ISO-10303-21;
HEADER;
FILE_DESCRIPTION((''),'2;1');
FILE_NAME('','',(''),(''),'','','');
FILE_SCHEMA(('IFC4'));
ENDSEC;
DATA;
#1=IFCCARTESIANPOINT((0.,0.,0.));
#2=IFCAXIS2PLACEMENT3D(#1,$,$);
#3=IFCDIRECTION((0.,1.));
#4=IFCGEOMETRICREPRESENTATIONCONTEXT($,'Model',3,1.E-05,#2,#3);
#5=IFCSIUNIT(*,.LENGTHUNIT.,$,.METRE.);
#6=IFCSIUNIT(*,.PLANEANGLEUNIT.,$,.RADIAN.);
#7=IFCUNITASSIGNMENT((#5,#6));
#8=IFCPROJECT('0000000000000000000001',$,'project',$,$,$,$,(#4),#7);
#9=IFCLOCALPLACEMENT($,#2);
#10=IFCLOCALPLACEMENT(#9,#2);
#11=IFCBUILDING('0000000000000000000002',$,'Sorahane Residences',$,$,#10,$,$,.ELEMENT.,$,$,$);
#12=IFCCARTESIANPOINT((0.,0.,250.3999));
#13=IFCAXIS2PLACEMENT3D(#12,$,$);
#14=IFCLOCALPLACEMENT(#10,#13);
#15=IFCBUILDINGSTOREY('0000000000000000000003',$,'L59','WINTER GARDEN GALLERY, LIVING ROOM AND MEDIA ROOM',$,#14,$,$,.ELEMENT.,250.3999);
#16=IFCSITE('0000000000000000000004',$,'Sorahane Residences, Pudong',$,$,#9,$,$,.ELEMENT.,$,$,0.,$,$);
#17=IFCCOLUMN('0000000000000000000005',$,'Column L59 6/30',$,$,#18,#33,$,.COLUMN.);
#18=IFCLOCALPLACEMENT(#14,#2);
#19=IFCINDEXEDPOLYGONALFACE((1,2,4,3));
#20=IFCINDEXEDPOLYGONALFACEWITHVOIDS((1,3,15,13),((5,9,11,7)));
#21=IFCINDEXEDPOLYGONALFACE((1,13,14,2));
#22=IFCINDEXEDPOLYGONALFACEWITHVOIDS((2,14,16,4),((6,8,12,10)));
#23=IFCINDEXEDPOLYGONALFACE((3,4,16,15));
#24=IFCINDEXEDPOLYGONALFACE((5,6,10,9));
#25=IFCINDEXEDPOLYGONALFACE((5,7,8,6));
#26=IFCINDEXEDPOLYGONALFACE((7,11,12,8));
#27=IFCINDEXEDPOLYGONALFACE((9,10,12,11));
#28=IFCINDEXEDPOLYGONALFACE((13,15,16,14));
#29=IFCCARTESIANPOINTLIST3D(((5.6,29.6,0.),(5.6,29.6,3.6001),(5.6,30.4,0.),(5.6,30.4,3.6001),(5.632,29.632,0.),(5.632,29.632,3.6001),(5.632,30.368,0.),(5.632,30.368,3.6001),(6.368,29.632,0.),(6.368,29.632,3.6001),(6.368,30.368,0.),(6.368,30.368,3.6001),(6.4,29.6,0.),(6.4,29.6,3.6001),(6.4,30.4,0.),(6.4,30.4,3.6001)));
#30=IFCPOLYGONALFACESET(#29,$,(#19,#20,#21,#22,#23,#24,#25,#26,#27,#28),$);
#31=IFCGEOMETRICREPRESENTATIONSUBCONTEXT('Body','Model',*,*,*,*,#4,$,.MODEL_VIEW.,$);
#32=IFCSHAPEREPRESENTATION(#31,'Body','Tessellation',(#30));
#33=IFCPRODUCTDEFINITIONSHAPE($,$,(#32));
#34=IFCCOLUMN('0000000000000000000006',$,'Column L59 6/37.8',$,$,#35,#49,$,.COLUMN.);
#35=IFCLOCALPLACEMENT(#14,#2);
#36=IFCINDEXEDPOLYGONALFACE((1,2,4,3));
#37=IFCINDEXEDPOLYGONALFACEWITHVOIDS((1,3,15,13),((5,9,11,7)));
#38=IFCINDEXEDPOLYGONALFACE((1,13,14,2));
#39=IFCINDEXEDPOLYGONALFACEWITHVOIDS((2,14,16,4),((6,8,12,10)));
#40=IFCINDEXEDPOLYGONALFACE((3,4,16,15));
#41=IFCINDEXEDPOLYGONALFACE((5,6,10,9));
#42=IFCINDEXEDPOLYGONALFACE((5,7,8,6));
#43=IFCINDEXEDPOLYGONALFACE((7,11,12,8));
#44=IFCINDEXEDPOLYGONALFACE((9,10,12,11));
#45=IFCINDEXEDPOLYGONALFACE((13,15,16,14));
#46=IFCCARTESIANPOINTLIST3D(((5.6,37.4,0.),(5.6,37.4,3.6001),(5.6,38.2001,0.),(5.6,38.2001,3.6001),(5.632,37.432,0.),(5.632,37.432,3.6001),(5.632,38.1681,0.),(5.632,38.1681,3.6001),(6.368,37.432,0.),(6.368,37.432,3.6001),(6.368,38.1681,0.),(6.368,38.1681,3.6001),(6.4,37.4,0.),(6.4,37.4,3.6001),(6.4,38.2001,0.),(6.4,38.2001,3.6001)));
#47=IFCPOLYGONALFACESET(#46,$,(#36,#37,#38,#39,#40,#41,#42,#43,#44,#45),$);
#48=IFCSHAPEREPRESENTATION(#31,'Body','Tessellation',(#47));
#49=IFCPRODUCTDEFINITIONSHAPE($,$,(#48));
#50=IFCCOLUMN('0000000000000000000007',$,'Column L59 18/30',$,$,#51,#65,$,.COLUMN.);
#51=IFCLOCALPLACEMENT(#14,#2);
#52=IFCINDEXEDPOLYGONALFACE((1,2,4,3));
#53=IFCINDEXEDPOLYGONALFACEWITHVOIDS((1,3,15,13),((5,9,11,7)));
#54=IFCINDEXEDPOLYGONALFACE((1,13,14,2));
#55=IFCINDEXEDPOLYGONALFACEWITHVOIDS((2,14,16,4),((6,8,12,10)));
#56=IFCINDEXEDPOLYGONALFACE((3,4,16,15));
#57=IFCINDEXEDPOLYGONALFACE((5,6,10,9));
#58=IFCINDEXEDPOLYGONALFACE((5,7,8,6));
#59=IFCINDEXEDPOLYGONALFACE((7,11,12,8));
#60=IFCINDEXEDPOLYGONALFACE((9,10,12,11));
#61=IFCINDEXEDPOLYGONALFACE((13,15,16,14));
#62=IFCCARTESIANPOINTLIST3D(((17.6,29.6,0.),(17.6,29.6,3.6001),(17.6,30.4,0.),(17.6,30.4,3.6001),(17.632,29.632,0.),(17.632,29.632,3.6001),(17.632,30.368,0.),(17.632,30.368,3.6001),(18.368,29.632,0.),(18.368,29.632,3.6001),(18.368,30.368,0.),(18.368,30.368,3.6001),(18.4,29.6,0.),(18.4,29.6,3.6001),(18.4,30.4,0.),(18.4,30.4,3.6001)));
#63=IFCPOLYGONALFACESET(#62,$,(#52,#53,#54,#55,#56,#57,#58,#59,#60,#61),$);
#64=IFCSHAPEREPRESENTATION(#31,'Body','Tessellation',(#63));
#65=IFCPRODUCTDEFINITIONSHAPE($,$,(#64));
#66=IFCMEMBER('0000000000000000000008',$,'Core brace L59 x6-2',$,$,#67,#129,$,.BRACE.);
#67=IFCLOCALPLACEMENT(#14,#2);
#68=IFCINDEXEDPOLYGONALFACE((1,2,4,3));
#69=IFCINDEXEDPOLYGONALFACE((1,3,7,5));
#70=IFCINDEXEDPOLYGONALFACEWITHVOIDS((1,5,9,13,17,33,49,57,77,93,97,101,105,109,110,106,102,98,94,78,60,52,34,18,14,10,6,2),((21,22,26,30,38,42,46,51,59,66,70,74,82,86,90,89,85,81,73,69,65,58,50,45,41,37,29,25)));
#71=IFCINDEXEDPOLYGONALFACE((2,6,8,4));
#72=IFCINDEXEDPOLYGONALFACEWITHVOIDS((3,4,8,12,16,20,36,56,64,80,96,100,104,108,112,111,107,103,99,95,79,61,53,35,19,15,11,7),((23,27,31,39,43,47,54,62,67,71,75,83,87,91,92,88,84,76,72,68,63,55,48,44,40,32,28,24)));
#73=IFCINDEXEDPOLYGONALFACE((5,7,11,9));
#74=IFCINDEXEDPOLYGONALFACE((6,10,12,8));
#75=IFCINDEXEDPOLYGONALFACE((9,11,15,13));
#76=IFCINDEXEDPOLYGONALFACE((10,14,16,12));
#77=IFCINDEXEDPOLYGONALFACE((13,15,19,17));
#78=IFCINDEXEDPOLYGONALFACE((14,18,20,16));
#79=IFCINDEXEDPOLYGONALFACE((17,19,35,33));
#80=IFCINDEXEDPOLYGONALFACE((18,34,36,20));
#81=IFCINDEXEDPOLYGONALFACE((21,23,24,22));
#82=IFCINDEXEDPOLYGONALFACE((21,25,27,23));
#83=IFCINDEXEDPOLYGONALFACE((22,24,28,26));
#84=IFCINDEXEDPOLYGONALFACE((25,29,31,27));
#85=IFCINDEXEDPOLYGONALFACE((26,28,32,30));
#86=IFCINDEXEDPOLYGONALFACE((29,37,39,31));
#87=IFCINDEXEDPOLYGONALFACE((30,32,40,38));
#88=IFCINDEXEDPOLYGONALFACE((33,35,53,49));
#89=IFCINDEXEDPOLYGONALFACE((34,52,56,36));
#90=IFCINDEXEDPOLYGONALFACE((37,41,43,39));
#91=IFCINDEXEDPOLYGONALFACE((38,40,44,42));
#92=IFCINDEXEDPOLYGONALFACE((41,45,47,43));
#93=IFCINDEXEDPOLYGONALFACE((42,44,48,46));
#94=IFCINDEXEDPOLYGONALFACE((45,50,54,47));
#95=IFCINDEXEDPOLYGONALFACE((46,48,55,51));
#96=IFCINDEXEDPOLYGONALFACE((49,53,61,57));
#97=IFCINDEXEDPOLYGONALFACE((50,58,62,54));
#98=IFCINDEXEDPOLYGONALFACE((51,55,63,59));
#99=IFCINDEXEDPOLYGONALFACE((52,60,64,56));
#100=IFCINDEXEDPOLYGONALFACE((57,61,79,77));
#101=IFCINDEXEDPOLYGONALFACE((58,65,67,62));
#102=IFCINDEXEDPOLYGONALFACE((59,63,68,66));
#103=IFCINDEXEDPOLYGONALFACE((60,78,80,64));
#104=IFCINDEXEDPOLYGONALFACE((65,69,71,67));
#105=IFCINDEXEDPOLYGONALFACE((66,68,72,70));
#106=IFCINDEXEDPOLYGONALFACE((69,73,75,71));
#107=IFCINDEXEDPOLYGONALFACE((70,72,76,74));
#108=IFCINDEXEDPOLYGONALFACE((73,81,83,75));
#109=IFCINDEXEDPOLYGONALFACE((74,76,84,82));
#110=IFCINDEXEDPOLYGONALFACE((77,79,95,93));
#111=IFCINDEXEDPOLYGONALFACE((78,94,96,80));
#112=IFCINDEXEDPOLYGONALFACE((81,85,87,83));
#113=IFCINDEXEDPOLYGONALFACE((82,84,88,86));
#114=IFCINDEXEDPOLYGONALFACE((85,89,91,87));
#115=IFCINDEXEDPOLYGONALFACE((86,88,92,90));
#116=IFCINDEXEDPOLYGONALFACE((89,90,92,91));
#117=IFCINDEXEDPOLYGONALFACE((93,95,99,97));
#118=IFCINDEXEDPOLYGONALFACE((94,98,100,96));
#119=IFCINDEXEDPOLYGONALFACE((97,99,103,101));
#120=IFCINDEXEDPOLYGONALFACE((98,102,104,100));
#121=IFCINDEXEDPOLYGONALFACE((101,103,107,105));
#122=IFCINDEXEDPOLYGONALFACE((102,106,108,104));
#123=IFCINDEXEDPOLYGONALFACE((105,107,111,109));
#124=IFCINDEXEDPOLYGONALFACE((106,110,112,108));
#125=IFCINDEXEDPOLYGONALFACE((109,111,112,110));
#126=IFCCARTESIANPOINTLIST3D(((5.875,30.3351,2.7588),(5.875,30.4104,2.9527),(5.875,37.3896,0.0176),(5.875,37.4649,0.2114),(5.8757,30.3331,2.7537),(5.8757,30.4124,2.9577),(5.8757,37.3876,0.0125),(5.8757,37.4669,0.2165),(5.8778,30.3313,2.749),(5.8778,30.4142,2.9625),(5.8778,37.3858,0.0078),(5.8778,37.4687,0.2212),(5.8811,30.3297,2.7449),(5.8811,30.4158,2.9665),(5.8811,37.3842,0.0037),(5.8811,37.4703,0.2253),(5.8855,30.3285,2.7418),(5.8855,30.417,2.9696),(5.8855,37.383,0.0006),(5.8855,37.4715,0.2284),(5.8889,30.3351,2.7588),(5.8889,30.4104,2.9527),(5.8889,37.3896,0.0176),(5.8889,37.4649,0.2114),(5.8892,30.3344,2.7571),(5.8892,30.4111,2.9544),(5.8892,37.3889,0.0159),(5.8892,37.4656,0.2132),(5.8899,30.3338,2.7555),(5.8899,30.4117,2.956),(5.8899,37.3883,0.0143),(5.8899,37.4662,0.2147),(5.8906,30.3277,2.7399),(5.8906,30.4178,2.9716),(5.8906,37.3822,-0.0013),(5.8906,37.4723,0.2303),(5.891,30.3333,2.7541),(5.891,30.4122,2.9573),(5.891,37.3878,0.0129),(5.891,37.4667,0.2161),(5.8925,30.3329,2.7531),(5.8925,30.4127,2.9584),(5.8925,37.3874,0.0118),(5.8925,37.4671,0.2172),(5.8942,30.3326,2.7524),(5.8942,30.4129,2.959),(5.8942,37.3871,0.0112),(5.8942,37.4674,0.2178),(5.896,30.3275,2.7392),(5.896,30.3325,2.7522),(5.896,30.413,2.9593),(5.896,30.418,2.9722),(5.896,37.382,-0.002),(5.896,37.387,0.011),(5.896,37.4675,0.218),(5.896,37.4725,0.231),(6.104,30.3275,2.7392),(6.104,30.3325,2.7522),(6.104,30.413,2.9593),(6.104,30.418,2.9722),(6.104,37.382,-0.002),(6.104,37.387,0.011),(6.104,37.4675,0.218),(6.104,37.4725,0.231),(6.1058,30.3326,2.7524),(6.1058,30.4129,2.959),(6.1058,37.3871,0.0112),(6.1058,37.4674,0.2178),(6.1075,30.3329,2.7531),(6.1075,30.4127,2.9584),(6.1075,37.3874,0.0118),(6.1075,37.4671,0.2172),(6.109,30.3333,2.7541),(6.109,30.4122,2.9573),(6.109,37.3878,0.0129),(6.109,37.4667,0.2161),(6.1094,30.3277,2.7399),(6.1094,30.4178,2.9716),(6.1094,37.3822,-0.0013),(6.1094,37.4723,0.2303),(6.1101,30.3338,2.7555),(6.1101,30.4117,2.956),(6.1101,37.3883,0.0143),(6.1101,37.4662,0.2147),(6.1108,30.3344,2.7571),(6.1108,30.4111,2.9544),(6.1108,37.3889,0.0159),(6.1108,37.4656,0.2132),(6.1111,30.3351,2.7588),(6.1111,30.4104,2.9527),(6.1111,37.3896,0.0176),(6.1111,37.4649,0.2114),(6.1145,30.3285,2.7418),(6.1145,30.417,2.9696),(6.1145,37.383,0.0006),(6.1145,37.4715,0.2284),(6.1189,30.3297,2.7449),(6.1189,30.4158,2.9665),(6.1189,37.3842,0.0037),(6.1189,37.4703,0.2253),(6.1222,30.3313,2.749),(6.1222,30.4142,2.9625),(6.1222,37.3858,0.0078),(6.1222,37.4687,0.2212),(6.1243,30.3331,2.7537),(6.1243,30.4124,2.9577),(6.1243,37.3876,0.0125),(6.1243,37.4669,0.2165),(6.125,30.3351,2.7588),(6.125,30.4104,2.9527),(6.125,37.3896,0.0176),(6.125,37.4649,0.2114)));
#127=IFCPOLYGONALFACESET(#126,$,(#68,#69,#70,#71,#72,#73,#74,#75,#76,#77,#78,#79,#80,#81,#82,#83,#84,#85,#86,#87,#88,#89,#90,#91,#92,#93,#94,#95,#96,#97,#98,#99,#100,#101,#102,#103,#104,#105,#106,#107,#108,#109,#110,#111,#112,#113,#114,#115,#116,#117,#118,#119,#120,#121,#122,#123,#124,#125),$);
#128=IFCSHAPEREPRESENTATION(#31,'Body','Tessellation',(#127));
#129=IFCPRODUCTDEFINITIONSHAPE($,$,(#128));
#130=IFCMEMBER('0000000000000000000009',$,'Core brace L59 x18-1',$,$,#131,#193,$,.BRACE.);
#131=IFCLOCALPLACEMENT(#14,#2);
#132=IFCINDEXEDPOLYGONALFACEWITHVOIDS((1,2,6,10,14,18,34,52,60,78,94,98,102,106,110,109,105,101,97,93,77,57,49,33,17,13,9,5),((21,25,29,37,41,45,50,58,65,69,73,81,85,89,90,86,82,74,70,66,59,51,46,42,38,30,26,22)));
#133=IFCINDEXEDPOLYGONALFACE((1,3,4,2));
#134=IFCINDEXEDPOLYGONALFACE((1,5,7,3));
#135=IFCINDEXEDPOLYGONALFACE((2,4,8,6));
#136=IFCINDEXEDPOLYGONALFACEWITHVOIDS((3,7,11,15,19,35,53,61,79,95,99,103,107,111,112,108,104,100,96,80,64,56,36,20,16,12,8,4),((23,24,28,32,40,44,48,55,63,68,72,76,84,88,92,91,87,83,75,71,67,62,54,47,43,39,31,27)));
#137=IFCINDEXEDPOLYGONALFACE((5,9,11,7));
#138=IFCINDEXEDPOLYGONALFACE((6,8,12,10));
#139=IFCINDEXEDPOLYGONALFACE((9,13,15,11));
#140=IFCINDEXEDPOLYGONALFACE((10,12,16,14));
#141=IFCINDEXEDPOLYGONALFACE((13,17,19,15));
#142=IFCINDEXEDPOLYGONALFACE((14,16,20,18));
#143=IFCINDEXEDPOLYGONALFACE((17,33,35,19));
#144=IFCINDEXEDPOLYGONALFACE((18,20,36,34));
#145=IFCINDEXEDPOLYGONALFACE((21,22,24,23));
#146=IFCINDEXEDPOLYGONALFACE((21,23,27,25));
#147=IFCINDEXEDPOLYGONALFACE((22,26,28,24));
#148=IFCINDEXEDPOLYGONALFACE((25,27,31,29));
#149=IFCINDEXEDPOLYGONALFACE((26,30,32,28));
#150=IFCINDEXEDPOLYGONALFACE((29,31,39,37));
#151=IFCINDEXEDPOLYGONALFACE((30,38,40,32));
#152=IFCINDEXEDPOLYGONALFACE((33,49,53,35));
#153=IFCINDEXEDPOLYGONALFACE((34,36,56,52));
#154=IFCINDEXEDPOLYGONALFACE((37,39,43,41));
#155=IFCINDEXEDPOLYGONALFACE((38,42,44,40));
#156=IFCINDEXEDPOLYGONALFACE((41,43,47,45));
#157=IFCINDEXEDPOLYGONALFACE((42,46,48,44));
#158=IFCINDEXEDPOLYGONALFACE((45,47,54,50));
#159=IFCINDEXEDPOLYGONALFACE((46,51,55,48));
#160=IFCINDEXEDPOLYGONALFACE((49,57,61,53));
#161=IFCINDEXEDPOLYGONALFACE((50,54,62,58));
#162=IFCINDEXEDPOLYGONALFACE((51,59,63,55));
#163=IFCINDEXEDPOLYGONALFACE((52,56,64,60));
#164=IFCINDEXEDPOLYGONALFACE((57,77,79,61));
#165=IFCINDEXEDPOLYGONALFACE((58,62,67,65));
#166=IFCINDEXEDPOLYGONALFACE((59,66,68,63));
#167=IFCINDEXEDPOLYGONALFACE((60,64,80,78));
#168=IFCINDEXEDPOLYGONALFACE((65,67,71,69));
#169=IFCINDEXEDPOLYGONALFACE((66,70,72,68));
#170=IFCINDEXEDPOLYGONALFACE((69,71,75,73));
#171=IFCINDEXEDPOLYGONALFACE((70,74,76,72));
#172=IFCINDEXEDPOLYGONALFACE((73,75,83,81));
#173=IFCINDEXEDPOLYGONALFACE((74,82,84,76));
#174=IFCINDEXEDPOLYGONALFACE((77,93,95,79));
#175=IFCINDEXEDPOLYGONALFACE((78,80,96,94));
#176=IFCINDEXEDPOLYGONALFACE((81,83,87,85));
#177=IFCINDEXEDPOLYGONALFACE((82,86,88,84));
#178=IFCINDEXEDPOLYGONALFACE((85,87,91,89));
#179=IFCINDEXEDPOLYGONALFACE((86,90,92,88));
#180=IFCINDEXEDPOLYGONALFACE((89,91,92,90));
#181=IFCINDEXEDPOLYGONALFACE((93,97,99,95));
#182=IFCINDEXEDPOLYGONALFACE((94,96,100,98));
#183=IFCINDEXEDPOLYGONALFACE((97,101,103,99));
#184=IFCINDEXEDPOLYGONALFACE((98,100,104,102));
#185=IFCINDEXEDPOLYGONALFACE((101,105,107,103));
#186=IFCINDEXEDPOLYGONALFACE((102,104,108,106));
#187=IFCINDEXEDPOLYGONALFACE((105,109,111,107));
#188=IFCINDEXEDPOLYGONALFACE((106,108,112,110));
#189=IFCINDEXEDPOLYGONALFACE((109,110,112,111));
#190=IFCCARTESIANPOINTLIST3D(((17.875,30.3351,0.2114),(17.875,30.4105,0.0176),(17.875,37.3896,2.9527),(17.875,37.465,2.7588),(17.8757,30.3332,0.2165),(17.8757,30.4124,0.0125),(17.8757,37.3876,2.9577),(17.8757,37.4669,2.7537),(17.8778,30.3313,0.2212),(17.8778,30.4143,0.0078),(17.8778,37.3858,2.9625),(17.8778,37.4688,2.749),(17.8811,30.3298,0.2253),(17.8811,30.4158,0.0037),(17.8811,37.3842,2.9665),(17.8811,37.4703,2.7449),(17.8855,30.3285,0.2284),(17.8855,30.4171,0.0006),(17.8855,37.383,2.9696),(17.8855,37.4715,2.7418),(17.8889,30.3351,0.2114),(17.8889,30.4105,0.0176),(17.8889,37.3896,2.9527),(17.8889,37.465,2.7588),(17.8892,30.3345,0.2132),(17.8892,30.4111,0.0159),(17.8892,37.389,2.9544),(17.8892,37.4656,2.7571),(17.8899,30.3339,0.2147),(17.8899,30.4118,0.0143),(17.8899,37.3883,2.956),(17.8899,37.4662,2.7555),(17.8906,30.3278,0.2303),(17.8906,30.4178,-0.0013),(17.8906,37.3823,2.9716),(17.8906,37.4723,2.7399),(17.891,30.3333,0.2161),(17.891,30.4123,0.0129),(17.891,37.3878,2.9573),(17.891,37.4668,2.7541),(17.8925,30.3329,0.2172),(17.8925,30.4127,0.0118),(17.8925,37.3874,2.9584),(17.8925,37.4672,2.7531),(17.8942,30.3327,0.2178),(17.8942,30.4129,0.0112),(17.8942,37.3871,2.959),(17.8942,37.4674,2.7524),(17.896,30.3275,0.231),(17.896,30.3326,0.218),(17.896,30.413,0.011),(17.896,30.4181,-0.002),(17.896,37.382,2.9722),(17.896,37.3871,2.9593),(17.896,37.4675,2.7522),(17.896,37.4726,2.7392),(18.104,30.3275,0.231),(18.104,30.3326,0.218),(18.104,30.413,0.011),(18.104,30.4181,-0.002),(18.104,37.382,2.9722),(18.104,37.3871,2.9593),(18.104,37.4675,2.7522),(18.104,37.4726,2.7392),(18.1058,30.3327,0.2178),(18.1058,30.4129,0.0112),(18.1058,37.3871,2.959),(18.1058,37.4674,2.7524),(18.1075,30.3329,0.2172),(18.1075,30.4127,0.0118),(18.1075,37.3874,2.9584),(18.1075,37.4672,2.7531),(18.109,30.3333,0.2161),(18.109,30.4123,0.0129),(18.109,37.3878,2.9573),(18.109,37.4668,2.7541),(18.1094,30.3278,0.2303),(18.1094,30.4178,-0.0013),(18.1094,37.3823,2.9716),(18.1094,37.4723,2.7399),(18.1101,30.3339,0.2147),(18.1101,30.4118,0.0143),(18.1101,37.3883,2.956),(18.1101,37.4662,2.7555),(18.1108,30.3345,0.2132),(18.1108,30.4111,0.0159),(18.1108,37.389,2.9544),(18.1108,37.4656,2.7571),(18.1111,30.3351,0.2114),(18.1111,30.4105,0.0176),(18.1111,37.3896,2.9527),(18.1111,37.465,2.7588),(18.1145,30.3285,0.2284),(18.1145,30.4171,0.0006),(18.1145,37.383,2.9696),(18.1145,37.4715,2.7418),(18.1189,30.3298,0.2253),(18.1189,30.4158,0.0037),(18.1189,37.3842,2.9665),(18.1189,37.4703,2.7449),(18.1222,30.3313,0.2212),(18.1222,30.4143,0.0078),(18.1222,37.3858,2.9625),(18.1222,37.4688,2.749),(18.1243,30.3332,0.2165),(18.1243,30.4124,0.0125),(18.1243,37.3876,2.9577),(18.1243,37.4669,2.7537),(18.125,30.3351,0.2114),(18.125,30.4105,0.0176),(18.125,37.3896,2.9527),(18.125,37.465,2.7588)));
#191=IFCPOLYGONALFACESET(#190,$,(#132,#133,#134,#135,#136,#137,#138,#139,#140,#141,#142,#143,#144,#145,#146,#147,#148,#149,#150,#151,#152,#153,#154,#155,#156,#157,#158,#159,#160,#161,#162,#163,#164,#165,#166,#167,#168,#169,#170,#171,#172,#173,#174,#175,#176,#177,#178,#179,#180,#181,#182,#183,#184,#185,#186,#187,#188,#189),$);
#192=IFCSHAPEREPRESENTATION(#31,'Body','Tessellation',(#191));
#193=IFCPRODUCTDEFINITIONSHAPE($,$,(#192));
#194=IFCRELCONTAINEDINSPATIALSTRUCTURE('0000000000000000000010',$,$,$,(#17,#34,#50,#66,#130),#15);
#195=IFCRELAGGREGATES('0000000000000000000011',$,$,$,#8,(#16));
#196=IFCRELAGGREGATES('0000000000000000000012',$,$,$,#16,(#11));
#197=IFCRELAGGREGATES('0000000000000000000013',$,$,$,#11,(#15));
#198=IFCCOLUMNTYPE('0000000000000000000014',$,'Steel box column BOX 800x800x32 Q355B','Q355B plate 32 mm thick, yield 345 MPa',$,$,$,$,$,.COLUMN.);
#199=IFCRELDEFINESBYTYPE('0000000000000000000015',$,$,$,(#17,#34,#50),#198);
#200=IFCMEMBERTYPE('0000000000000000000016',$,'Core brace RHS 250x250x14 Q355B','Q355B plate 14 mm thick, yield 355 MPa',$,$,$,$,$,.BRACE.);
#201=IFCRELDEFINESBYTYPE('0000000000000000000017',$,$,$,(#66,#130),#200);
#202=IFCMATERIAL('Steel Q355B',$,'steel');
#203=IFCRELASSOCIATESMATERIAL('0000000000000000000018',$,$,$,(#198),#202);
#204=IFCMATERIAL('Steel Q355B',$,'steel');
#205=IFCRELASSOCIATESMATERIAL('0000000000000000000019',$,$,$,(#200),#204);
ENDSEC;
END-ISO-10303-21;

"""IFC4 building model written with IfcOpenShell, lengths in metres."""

from ifc_helpers import new_model, si_unit, direction, frame, origin, origin_2d, place, context, subcontext, project, spatial, hollow_rectangle, extrude, material, material_profile, profile_set, type_object, element, save


model = new_model("IFC4")

# Units and contexts
model_context = context("Model", 3, precision=1e-05, world=origin(), true_north=direction((0.0, 1.0)))
body_context = subcontext(model_context, "Body", "Model", "MODEL_VIEW")
ifc_project = project(units=[si_unit("LENGTHUNIT", "METRE"), si_unit("PLANEANGLEUNIT", "RADIAN")], contexts=[model_context])

# Site, building, storey
site_placement = place(None, origin())
site = spatial("IfcSite", under=ifc_project, at=site_placement, Name="Sorahane Residences, Pudong", CompositionType="ELEMENT", RefElevation=0.0)
building_placement = place(site_placement, origin())
building = spatial("IfcBuilding", under=site, at=building_placement, Name="Sorahane Residences", CompositionType="ELEMENT")
storey_placement = place(building_placement, frame((0.0, 0.0, 250.3999)))
storey = spatial("IfcBuildingStorey", under=building, at=storey_placement, Name="L59", Description="WINTER GARDEN GALLERY, LIVING ROOM AND MEDIA ROOM", CompositionType="ELEMENT", Elevation=250.3999)

# Columns
ifc_material_1 = material(Name="Steel Q355B", Category="steel")
ifc_material_profile_1 = material_profile(ifc_material_1, hollow_rectangle(XDim=0.8, YDim=0.8, WallThickness=0.032, at=origin_2d()), Name="BOX 800x800x32")
ifc_profile_set_1 = profile_set([ifc_material_profile_1], Name="Steel Q355B")
column_type = type_object("IfcColumnType", Name="Steel box column BOX 800x800x32 Q355B", Description="Q355B plate 32 mm thick, yield 345 MPa", PredefinedType="COLUMN", material=ifc_profile_set_1)
for number, where, z_axis, x_axis, name in (
    (1, (6.0, 30.0, 0.0), (0.0, 0.0, 1.0), (1.0, 0.0, 0.0), "Column L59 6/30"),
    (2, (6.0, 37.8, 0.0), (0.0, 0.0, 1.0), (1.0, 0.0, 0.0), "Column L59 6/37.8"),
    (3, (18.0, 30.0, 0.0), (0.0, 0.0, 1.0), (1.0, 0.0, 0.0), "Column L59 18/30"),
):
    element("IfcColumn", number, at=place(storey_placement, frame(where, z_axis=z_axis, x_axis=x_axis)), inside=storey, type_object=column_type, Name=name, PredefinedType="COLUMN", context=body_context, shape_type="SweptSolid", body=[
        extrude(hollow_rectangle(XDim=0.8, YDim=0.8, WallThickness=0.032, at=origin_2d()), origin(), (0.0, 0.0, 1.0), 3.6001),
    ])

# Members
ifc_material_2 = material(Name="Steel Q355B", Category="steel")
ifc_material_profile_2 = material_profile(ifc_material_2, hollow_rectangle(XDim=0.25, YDim=0.25, WallThickness=0.0139, InnerFilletRadius=0.0071, OuterFilletRadius=0.021, at=origin_2d()), Name="RHS 250x250x14")
ifc_profile_set_2 = profile_set([ifc_material_profile_2], Name="Steel Q355B")
member_type = type_object("IfcMemberType", Name="Core brace RHS 250x250x14 Q355B", Description="Q355B plate 14 mm thick, yield 355 MPa", PredefinedType="BRACE", material=ifc_profile_set_2)
for number, where, z_axis, x_axis, name in (
    (4, (6.0, 37.4272, 0.1145), (0.0, -0.932102, 0.362196), (1.0, 0.0, 0.0), "Core brace L59 x6-2"),
    (5, (18.0, 30.3728, 0.1145), (0.0, 0.932102, 0.362196), (-1.0, 0.0, 0.0), "Core brace L59 x18-1"),
):
    element("IfcMember", number, at=place(storey_placement, frame(where, z_axis=z_axis, x_axis=x_axis)), inside=storey, type_object=member_type, Name=name, PredefinedType="BRACE", context=body_context, shape_type="SweptSolid", body=[
        extrude(hollow_rectangle(XDim=0.25, YDim=0.25, WallThickness=0.0139, InnerFilletRadius=0.0071, OuterFilletRadius=0.021, at=origin_2d()), origin(), (0.0, 0.0, 1.0), 7.5684),
    ])

save(model, "model.ifc")
